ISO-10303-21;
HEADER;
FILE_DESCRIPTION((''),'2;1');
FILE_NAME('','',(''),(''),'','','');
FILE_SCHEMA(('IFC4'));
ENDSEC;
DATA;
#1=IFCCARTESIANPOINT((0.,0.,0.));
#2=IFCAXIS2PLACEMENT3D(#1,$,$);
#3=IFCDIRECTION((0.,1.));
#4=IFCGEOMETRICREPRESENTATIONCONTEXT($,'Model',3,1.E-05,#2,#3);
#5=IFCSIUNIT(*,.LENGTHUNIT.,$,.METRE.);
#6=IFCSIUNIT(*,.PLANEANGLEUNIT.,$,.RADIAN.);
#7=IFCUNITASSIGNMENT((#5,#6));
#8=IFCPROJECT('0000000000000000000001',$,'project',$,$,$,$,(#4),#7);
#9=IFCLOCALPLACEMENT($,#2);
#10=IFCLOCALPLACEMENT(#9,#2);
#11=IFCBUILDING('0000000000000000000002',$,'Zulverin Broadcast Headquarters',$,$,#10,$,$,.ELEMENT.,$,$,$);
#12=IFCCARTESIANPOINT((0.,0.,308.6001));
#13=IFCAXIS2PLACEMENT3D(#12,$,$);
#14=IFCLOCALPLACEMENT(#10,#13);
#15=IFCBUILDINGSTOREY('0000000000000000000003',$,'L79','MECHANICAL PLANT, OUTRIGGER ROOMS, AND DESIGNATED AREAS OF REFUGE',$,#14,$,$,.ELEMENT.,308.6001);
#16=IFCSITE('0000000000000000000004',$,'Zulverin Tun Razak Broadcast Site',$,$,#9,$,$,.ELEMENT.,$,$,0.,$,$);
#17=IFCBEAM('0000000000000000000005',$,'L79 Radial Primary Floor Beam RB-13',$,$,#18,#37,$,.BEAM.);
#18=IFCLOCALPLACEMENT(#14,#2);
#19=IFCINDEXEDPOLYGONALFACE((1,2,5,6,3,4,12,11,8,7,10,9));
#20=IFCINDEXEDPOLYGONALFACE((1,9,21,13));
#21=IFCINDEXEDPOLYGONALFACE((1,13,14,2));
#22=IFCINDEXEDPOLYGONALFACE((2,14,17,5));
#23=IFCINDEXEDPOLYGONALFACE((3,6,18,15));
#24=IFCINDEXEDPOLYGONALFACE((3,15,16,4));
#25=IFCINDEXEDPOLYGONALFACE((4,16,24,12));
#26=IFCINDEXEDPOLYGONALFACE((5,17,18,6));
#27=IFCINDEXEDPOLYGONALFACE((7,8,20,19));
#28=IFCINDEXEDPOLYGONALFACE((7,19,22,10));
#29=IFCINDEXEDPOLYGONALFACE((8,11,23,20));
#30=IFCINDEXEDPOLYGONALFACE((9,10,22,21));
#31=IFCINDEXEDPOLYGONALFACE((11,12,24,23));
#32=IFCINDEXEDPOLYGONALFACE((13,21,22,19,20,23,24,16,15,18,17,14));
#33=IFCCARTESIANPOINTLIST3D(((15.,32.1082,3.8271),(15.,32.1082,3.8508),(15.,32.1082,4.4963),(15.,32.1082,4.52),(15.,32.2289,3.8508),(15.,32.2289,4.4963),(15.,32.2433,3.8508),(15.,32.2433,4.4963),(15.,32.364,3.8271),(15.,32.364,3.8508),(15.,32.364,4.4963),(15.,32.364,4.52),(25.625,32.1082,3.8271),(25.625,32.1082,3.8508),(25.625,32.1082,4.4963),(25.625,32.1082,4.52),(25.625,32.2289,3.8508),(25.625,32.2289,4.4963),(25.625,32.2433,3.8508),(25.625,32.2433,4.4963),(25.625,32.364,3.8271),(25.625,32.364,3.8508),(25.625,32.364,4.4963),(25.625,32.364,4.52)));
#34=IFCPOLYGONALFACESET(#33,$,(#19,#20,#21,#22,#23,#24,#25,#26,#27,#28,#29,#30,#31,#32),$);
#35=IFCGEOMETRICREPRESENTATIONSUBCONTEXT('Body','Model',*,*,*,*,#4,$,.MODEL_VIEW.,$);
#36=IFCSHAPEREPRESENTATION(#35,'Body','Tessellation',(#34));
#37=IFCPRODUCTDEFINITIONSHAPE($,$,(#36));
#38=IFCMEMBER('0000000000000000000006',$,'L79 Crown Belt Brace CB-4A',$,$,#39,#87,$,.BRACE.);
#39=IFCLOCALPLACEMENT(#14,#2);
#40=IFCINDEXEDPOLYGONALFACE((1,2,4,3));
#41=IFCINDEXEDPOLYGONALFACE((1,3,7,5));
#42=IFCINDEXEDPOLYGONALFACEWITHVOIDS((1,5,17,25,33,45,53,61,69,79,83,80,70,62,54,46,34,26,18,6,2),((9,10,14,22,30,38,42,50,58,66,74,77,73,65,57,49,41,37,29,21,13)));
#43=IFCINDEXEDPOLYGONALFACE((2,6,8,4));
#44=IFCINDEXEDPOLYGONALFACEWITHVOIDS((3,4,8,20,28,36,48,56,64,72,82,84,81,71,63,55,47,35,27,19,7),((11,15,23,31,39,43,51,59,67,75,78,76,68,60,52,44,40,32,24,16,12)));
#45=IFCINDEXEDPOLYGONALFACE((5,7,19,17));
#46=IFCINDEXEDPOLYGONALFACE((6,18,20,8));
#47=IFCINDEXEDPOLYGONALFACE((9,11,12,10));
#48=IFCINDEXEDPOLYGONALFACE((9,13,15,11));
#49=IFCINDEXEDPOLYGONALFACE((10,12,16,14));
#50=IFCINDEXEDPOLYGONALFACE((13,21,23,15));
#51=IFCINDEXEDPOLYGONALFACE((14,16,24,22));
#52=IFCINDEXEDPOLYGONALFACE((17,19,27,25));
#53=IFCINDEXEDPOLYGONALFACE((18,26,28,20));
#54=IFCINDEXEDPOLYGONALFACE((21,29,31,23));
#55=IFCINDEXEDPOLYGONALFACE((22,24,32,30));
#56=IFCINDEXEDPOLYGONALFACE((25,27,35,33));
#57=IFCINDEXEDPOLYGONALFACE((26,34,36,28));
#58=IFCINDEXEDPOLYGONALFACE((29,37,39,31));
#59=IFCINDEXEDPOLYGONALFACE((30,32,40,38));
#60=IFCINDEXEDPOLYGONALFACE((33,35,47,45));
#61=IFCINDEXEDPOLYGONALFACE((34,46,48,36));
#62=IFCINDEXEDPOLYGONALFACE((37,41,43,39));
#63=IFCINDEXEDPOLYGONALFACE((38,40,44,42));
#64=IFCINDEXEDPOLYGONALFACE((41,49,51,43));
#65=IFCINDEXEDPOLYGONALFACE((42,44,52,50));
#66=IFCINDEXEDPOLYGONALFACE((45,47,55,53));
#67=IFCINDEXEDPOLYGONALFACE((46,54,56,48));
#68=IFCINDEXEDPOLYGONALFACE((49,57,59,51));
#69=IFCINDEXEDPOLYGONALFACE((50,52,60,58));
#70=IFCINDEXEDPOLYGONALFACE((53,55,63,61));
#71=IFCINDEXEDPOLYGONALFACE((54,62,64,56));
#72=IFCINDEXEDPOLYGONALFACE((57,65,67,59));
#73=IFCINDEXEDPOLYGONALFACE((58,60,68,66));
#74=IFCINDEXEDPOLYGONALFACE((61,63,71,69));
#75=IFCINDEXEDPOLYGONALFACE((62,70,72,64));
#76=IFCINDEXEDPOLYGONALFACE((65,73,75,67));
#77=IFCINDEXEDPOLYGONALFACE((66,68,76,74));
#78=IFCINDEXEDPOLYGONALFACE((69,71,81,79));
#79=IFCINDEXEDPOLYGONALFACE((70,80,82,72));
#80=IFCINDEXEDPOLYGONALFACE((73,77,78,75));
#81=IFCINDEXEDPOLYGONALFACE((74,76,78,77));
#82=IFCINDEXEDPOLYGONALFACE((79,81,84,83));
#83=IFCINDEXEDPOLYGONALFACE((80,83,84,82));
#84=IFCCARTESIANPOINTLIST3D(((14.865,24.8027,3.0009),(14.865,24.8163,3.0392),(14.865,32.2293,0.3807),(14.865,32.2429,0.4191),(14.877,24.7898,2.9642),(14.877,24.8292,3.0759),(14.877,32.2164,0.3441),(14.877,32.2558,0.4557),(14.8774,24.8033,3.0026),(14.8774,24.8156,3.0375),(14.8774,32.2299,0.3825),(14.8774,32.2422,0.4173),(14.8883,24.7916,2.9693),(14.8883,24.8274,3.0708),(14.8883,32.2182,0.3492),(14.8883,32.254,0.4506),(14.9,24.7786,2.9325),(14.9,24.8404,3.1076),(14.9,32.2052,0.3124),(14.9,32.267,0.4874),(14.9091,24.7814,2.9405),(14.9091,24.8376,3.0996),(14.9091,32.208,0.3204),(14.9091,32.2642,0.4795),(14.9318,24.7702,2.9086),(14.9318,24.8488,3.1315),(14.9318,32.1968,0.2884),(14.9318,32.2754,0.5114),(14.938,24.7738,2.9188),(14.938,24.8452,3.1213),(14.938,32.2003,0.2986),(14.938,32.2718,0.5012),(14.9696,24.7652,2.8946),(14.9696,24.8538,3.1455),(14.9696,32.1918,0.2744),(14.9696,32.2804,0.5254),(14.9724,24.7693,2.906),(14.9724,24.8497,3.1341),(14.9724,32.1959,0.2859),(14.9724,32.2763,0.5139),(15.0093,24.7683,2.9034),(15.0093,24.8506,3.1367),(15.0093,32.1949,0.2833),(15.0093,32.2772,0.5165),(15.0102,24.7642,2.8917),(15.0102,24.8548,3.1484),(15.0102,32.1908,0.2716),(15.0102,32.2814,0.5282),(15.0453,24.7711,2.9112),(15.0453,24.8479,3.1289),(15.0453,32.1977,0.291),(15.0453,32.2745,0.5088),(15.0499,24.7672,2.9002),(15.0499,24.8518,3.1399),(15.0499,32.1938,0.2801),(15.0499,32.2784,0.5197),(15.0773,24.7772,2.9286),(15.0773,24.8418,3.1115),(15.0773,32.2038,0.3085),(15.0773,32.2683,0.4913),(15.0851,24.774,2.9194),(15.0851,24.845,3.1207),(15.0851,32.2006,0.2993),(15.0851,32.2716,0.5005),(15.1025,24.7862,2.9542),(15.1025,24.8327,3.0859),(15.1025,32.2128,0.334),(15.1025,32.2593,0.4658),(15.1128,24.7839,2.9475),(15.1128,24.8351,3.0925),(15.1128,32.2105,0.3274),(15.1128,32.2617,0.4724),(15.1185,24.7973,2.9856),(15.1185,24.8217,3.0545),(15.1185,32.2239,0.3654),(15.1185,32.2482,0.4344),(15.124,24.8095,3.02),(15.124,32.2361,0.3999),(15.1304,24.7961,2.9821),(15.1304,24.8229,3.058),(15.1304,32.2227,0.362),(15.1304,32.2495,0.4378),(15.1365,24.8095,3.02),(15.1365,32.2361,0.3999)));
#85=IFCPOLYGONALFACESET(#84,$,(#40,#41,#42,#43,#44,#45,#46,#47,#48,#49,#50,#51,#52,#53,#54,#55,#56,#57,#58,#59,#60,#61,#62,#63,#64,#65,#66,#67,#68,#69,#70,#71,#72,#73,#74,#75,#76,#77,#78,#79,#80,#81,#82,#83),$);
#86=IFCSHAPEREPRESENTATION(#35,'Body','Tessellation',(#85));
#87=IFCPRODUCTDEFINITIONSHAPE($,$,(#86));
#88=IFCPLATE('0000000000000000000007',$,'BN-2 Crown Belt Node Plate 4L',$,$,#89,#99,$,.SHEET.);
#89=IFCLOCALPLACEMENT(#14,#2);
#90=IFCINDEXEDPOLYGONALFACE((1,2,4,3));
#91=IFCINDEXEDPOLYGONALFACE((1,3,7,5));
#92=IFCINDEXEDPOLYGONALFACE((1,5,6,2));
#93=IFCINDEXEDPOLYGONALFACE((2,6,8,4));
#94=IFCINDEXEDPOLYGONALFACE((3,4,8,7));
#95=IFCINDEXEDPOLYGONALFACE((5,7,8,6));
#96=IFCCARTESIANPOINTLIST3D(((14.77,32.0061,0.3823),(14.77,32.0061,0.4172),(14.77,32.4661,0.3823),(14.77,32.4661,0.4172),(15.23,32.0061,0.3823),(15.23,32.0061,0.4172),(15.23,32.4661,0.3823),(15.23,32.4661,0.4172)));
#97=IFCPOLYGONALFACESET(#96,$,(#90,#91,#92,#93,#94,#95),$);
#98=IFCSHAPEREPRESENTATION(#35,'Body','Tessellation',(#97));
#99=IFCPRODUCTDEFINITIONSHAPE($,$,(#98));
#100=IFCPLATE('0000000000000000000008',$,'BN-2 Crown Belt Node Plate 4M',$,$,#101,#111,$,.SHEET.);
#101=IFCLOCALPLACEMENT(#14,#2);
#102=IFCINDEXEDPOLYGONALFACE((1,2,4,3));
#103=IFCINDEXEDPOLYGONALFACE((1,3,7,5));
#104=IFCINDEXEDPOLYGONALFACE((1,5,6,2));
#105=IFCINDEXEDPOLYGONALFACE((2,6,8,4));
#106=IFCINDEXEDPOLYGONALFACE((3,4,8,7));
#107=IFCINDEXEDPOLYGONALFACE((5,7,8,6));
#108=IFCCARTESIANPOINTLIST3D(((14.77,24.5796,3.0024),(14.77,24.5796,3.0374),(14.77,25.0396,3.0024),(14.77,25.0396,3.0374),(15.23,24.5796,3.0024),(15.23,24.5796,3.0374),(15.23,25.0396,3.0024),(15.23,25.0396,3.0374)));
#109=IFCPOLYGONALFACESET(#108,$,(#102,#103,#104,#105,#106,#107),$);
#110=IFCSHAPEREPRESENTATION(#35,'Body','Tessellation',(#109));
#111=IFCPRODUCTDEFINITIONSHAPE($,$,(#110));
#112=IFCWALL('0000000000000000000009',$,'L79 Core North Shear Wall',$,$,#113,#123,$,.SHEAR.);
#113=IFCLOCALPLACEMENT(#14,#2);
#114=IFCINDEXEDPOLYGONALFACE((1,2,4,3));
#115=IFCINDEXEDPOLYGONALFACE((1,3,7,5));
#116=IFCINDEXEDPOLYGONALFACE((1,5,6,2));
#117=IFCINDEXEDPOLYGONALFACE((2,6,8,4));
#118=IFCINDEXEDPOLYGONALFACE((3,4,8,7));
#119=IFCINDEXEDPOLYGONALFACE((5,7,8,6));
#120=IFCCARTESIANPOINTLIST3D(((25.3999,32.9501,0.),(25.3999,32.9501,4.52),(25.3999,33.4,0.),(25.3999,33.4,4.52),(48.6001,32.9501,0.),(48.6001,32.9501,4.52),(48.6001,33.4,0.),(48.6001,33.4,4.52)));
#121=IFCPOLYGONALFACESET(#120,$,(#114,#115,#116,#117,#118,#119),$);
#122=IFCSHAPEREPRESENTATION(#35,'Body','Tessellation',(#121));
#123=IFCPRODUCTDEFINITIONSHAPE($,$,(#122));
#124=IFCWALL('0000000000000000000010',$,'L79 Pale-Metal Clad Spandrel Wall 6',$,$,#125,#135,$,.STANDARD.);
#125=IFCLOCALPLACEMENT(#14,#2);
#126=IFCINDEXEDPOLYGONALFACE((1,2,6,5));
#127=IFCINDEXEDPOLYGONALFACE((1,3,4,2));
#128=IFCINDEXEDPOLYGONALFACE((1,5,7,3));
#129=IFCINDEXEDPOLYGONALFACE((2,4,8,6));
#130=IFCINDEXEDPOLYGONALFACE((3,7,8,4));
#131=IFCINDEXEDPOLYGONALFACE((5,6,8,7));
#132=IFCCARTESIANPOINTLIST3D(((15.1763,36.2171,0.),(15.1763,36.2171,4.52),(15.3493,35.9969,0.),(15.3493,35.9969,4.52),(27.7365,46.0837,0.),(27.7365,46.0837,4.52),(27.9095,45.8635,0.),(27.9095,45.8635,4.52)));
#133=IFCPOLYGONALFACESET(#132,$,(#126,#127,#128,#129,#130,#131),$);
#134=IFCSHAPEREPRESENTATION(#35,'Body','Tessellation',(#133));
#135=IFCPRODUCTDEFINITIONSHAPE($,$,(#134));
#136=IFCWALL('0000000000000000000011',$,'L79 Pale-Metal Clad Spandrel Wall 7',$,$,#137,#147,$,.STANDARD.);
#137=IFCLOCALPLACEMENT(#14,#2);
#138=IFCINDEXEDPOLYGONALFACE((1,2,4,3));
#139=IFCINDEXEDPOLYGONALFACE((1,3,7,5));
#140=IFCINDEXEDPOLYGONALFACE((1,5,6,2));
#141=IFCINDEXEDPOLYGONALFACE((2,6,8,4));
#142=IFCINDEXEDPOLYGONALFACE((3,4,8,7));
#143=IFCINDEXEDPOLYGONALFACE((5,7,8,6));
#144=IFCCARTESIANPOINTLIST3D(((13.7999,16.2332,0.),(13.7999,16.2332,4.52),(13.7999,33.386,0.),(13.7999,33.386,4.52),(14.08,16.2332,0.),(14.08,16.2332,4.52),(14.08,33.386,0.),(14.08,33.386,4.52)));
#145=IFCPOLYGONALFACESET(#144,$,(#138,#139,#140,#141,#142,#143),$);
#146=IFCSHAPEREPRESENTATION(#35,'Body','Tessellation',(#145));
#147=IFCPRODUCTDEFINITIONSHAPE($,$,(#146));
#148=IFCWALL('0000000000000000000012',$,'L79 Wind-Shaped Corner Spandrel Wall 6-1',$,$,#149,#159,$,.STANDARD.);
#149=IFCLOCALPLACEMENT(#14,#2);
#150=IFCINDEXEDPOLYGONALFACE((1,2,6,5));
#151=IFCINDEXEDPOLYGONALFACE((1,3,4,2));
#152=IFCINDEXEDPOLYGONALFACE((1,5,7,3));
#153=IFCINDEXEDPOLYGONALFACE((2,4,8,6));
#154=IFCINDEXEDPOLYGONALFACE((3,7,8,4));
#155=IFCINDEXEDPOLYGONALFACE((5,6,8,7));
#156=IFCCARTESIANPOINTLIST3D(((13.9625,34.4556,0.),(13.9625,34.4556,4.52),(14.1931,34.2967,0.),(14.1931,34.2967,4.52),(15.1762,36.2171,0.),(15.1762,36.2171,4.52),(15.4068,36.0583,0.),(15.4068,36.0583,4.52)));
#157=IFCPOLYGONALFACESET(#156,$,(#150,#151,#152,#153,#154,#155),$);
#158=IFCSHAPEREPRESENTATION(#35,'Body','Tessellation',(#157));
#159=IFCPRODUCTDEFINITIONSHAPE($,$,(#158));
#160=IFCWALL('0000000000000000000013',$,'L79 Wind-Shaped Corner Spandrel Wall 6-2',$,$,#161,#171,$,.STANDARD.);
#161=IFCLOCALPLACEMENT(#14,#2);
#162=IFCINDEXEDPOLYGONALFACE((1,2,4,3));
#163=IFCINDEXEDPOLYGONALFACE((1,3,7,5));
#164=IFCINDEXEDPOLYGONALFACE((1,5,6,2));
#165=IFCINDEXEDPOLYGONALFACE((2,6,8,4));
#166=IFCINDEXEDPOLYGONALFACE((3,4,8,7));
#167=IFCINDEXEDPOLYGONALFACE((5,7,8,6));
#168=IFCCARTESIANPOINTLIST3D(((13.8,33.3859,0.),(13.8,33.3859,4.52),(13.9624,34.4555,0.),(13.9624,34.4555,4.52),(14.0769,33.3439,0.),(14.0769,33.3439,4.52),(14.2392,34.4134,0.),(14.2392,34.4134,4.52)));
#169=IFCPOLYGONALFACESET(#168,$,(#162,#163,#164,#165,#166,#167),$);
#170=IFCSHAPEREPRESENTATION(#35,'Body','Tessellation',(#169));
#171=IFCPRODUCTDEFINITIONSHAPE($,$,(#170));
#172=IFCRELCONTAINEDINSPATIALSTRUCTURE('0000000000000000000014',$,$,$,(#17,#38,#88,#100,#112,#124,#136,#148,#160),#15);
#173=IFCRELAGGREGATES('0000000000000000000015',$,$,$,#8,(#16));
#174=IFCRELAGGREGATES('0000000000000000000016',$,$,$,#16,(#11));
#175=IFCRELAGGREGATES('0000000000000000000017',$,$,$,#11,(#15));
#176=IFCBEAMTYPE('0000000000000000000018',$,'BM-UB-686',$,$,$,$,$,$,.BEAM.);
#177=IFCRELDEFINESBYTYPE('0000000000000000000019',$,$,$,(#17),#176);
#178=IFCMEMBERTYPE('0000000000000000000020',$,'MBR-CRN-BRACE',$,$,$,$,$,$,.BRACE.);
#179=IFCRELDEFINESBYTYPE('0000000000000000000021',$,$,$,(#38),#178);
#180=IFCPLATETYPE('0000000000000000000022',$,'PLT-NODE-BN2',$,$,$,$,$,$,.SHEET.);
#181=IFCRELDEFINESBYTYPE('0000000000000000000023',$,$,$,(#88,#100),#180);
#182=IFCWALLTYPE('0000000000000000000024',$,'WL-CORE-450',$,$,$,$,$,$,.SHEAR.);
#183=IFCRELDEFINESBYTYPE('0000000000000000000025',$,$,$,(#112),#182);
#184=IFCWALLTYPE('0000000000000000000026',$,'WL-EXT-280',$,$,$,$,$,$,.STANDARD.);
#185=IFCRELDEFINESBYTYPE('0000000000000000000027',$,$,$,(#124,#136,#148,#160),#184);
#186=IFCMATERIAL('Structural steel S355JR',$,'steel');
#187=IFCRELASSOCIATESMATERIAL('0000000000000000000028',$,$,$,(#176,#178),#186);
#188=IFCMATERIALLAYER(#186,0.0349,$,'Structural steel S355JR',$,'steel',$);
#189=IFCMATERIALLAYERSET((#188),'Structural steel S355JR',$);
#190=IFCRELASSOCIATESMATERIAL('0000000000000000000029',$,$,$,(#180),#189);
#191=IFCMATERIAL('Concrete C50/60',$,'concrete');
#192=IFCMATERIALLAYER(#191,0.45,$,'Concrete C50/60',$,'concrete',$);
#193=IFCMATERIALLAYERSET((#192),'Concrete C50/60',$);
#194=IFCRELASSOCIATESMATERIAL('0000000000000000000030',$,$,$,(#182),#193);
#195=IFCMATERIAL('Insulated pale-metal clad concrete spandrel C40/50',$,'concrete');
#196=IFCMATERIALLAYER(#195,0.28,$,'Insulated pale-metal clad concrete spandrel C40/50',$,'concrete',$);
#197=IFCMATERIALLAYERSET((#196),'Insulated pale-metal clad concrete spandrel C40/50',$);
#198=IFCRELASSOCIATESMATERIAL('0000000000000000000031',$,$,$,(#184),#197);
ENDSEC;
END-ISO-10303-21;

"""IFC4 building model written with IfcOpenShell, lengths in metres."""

from ifc_helpers import new_model, si_unit, direction, frame, frame_2d, origin, origin_2d, place, context, subcontext, project, spatial, rectangle, hollow_circle, i_section, extrude, material, layer, layer_set, material_profile, profile_set, type_object, element, save


model = new_model("IFC4")

# Units and contexts
model_context = context("Model", 3, precision=1e-05, world=origin(), true_north=direction((0.0, 1.0)))
body_context = subcontext(model_context, "Body", "Model", "MODEL_VIEW")
ifc_project = project(units=[si_unit("LENGTHUNIT", "METRE"), si_unit("PLANEANGLEUNIT", "RADIAN")], contexts=[model_context])

# Site, building, storey
site_placement = place(None, origin())
site = spatial("IfcSite", under=ifc_project, at=site_placement, Name="Zulverin Tun Razak Broadcast Site", CompositionType="ELEMENT", RefElevation=0.0)
building_placement = place(site_placement, origin())
building = spatial("IfcBuilding", under=site, at=building_placement, Name="Zulverin Broadcast Headquarters", CompositionType="ELEMENT")
storey_placement = place(building_placement, frame((0.0, 0.0, 308.6001)))
storey = spatial("IfcBuildingStorey", under=building, at=storey_placement, Name="L79", Description="MECHANICAL PLANT, OUTRIGGER ROOMS, AND DESIGNATED AREAS OF REFUGE", CompositionType="ELEMENT", Elevation=308.6001)

# Shared definitions
ifc_material_1 = material(Name="Concrete C50/60", Category="concrete")

# Beam
ifc_material_2 = material(Name="Structural steel S355JR", Category="steel")
ifc_material_profile_1 = material_profile(ifc_material_2, i_section(OverallWidth=0.2559, OverallDepth=0.6929, WebThickness=0.0144, FlangeThickness=0.0237, at=origin_2d()), Name="Structural steel S355JR", Category="steel")
ifc_profile_set_1 = profile_set([ifc_material_profile_1], Name="Structural steel S355JR")
beam_type_1 = type_object("IfcBeamType", Name="BM-UB-686", PredefinedType="BEAM", material=ifc_profile_set_1)
beam_1_placement = place(storey_placement, frame((25.625, 32.2361, 4.1736), z_axis=(-1.0, 0.0, 0.0), x_axis=(0.0, -1.0, 0.0)))
element("IfcBeam", 1, at=beam_1_placement, inside=storey, type_object=beam_type_1, Name="L79 Radial Primary Floor Beam RB-13", PredefinedType="BEAM", context=body_context, shape_type="SweptSolid", body=[
    extrude(i_section(OverallWidth=0.2559, OverallDepth=0.6929, WebThickness=0.0144, FlangeThickness=0.0237, at=origin_2d()), origin(), (0.0, 0.0, 1.0), 10.625),
])

# Member
ifc_material_profile_2 = material_profile(ifc_material_2, hollow_circle(Radius=0.1365, WallThickness=0.0125, at=origin_2d()), Name="Structural steel S355JR", Category="steel")
ifc_profile_set_2 = profile_set([ifc_material_profile_2], Name="Structural steel S355JR")
member_type = type_object("IfcMemberType", Name="MBR-CRN-BRACE", PredefinedType="BRACE", material=ifc_profile_set_2)
member_placement = place(storey_placement, frame((15.0, 32.2361, 0.3999), z_axis=(0.0, -0.94303, 0.332707), x_axis=(1.0, 0.0, 0.0)))
element("IfcMember", 2, at=member_placement, inside=storey, type_object=member_type, Name="L79 Crown Belt Brace CB-4A", PredefinedType="BRACE", context=body_context, shape_type="SweptSolid", body=[
    extrude(hollow_circle(Radius=0.1365, WallThickness=0.0125, at=origin_2d()), origin(), (0.0, 0.0, 1.0), 7.8752),
])

# Plates
ifc_layer_1 = layer(ifc_material_2, 0.0349, Name="Structural steel S355JR", Category="steel")
ifc_layer_set_1 = layer_set([ifc_layer_1], Name="Structural steel S355JR")
plate_type = type_object("IfcPlateType", Name="PLT-NODE-BN2", PredefinedType="SHEET", material=ifc_layer_set_1)
for number, where, z_axis, x_axis, name in (
    (3, (15.0, 32.2361, 0.3823), (0.0, 0.0, 1.0), (1.0, 0.0, 0.0), "BN-2 Crown Belt Node Plate 4L"),
    (4, (15.0, 24.8096, 3.0024), (0.0, 0.0, 1.0), (1.0, 0.0, 0.0), "BN-2 Crown Belt Node Plate 4M"),
):
    element("IfcPlate", number, at=place(storey_placement, frame(where, z_axis=z_axis, x_axis=x_axis)), inside=storey, type_object=plate_type, Name=name, PredefinedType="SHEET", context=body_context, shape_type="SweptSolid", body=[
        extrude(rectangle(XDim=0.46, YDim=0.46, at=origin_2d()), origin(), (0.0, 0.0, 1.0), 0.0349),
    ])

# Walls
ifc_layer_2 = layer(ifc_material_1, 0.45, Name="Concrete C50/60", Category="concrete")
ifc_layer_set_2 = layer_set([ifc_layer_2], Name="Concrete C50/60")
wall_type_1 = type_object("IfcWallType", Name="WL-CORE-450", PredefinedType="SHEAR", material=ifc_layer_set_2)
wall_1_placement = place(storey_placement, frame((25.3999, 33.175, 0.0), z_axis=(0.0, 0.0, 1.0), x_axis=(1.0, 0.0, 0.0)))
element("IfcWall", 5, at=wall_1_placement, inside=storey, type_object=wall_type_1, Name="L79 Core North Shear Wall", PredefinedType="SHEAR", context=body_context, shape_type="SweptSolid", body=[
    extrude(rectangle(XDim=23.2002, YDim=0.45, at=frame_2d((11.6001, 0.0))), origin(), (0.0, 0.0, 1.0), 4.52),
])
ifc_material_3 = material(Name="Insulated pale-metal clad concrete spandrel C40/50", Category="concrete")
ifc_layer_3 = layer(ifc_material_3, 0.28, Name="Insulated pale-metal clad concrete spandrel C40/50", Category="concrete")
ifc_layer_set_3 = layer_set([ifc_layer_3], Name="Insulated pale-metal clad concrete spandrel C40/50")
wall_type_2 = type_object("IfcWallType", Name="WL-EXT-280", PredefinedType="STANDARD", material=ifc_layer_set_3)
wall_2_placement = place(storey_placement, frame((27.823, 45.9736, 0.0), z_axis=(0.0, 0.0, 1.0), x_axis=(-0.786383, -0.61774, 0.0)))
element("IfcWall", 6, at=wall_2_placement, inside=storey, type_object=wall_type_2, Name="L79 Pale-Metal Clad Spandrel Wall 6", PredefinedType="STANDARD", context=body_context, shape_type="SweptSolid", body=[
    extrude(rectangle(XDim=15.9722, YDim=0.28, at=frame_2d((7.9861, 0.0))), origin(), (0.0, 0.0, 1.0), 4.52),
])
wall_3_placement = place(storey_placement, frame((13.9399, 33.386, 0.0), z_axis=(0.0, 0.0, 1.0), x_axis=(0.0, -1.0, 0.0)))
element("IfcWall", 7, at=wall_3_placement, inside=storey, type_object=wall_type_2, Name="L79 Pale-Metal Clad Spandrel Wall 7", PredefinedType="STANDARD", context=body_context, shape_type="SweptSolid", body=[
    extrude(rectangle(XDim=17.1528, YDim=0.28, at=frame_2d((8.5764, 0.0))), origin(), (0.0, 0.0, 1.0), 4.52),
])
wall_4_placement = place(storey_placement, frame((15.2915, 36.1377, 0.0), z_axis=(0.0, 0.0, 1.0), x_axis=(-0.567357, -0.823472, 0.0)))
element("IfcWall", 8, at=wall_4_placement, inside=storey, type_object=wall_type_2, Name="L79 Wind-Shaped Corner Spandrel Wall 6-1", PredefinedType="STANDARD", context=body_context, shape_type="SweptSolid", body=[
    extrude(rectangle(XDim=2.1392, YDim=0.28, at=frame_2d((1.0696, 0.0))), origin(), (0.0, 0.0, 1.0), 4.52),
])
wall_5_placement = place(storey_placement, frame((14.1008, 34.4346, 0.0), z_axis=(0.0, 0.0, 1.0), x_axis=(-0.150073, -0.988675, 0.0)))
element("IfcWall", 9, at=wall_5_placement, inside=storey, type_object=wall_type_2, Name="L79 Wind-Shaped Corner Spandrel Wall 6-2", PredefinedType="STANDARD", context=body_context, shape_type="SweptSolid", body=[
    extrude(rectangle(XDim=1.0818, YDim=0.28, at=frame_2d((0.541, 0.0))), origin(), (0.0, 0.0, 1.0), 4.52),
])

save(model, "model.ifc")
